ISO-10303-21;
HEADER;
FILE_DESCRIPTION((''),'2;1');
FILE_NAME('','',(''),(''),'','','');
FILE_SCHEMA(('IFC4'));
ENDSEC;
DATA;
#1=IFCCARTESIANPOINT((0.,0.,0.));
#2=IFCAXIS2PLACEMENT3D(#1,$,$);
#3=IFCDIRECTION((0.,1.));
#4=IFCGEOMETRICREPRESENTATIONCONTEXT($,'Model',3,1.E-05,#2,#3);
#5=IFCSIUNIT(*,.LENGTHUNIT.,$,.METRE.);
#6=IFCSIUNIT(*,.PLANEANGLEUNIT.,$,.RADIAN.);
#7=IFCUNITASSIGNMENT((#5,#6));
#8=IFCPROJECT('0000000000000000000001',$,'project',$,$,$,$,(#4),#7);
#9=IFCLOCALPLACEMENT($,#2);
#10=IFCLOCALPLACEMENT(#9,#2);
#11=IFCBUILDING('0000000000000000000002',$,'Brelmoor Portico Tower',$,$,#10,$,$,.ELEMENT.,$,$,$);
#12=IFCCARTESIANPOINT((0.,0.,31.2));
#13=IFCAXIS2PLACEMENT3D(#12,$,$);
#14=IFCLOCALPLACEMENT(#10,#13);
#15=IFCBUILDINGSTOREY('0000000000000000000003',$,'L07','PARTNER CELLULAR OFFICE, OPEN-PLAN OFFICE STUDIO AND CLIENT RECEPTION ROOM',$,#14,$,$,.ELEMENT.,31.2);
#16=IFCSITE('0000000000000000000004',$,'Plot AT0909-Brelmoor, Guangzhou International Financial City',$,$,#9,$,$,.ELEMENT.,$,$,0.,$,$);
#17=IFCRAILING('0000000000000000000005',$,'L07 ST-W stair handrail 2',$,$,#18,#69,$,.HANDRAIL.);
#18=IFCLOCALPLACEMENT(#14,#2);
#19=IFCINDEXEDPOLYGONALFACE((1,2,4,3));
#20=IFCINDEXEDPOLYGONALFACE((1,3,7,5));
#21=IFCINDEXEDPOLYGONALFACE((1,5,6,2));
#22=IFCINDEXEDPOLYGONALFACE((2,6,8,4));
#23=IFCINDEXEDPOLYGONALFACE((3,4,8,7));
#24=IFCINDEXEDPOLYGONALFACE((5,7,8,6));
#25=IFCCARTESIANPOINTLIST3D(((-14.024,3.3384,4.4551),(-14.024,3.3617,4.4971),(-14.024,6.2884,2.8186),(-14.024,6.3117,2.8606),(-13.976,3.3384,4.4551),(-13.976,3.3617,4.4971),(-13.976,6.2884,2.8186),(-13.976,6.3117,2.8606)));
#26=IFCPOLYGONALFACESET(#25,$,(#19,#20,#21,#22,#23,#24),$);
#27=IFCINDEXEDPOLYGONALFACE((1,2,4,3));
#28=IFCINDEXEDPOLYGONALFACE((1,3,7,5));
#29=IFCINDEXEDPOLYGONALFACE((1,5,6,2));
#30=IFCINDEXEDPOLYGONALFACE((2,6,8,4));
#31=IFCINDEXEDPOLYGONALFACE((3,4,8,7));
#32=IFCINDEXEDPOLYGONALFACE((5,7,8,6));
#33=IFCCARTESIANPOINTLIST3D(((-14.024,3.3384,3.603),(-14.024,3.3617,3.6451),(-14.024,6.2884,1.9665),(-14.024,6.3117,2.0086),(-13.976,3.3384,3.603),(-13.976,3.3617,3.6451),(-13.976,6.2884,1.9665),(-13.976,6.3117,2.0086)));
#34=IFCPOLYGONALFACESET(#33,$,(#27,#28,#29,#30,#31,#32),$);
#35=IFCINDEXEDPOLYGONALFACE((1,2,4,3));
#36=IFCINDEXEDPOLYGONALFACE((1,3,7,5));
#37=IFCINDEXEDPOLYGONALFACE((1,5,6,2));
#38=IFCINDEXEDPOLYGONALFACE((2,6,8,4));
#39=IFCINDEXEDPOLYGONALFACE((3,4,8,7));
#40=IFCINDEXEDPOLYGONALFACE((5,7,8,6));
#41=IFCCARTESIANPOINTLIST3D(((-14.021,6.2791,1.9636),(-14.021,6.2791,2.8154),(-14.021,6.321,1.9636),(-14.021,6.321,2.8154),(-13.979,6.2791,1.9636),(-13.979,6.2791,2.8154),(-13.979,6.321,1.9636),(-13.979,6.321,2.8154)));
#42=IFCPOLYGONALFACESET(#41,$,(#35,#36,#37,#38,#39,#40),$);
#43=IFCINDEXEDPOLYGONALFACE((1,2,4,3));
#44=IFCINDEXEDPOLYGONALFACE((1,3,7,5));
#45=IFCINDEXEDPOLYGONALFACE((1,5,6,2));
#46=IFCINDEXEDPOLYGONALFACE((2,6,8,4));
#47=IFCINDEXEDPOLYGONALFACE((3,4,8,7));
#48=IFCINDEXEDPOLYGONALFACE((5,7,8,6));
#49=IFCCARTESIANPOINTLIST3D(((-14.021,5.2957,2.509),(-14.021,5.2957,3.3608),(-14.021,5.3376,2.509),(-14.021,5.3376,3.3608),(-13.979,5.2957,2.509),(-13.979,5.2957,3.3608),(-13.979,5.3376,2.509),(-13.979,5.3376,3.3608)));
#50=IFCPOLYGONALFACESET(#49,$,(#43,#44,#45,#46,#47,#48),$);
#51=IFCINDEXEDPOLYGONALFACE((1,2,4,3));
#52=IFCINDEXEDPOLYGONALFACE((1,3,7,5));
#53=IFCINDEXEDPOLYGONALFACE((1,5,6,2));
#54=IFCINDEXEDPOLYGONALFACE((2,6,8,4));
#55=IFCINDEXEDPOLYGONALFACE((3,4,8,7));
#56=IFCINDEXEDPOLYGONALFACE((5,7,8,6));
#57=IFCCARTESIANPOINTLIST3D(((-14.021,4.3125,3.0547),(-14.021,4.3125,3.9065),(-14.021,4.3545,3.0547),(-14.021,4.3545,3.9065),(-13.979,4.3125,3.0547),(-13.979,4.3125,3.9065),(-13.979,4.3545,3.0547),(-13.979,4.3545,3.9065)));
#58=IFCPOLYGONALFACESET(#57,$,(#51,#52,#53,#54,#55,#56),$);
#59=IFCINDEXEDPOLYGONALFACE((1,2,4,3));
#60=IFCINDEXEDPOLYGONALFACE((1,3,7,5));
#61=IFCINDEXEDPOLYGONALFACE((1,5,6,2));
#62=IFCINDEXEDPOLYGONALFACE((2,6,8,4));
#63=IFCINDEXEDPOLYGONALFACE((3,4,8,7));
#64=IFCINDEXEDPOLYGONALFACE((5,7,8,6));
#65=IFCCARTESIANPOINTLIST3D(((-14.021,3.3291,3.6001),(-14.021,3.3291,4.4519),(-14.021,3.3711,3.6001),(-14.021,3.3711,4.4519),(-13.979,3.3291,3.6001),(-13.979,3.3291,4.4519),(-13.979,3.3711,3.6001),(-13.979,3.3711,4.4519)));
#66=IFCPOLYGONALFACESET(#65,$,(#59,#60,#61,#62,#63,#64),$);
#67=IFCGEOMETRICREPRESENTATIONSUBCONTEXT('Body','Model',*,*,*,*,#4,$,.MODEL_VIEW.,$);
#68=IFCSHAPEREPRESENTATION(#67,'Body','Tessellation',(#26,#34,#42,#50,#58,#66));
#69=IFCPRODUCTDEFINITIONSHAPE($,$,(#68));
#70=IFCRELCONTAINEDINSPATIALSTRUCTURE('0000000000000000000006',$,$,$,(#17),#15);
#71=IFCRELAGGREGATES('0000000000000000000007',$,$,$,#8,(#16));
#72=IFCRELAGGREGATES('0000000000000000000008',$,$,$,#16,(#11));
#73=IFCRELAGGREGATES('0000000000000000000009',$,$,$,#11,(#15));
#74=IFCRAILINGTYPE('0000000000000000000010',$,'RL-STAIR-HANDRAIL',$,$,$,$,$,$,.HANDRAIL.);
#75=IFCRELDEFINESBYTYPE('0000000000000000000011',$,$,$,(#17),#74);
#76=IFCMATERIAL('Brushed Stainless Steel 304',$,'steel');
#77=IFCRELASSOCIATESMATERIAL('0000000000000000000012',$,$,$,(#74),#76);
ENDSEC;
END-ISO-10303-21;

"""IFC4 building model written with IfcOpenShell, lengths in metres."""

from ifc_helpers import new_model, si_unit, direction, frame, origin, origin_2d, place, context, subcontext, project, spatial, rectangle, extrude, material, type_object, element, save


model = new_model("IFC4")

# Units and contexts
model_context = context("Model", 3, precision=1e-05, world=origin(), true_north=direction((0.0, 1.0)))
body_context = subcontext(model_context, "Body", "Model", "MODEL_VIEW")
ifc_project = project(units=[si_unit("LENGTHUNIT", "METRE"), si_unit("PLANEANGLEUNIT", "RADIAN")], contexts=[model_context])

# Site, building, storey
site_placement = place(None, origin())
site = spatial("IfcSite", under=ifc_project, at=site_placement, Name="Plot AT0909-Brelmoor, Guangzhou International Financial City", CompositionType="ELEMENT", RefElevation=0.0)
building_placement = place(site_placement, origin())
building = spatial("IfcBuilding", under=site, at=building_placement, Name="Brelmoor Portico Tower", CompositionType="ELEMENT")
storey_placement = place(building_placement, frame((0.0, 0.0, 31.2)))
storey = spatial("IfcBuildingStorey", under=building, at=storey_placement, Name="L07", Description="PARTNER CELLULAR OFFICE, OPEN-PLAN OFFICE STUDIO AND CLIENT RECEPTION ROOM", CompositionType="ELEMENT", Elevation=31.2)

# Railing
ifc_material_1 = material(Name="Brushed Stainless Steel 304", Category="steel")
railing_type_1 = type_object("IfcRailingType", Name="RL-STAIR-HANDRAIL", PredefinedType="HANDRAIL", material=ifc_material_1)
railing_1_placement = place(storey_placement, frame((-14.0, 6.3, 1.9636)))
element("IfcRailing", 1, at=railing_1_placement, inside=storey, type_object=railing_type_1, Name="L07 ST-W stair handrail 2", PredefinedType="HANDRAIL", context=body_context, shape_type="SweptSolid", body=[
    extrude(rectangle(XDim=0.0481, YDim=0.0481, at=origin_2d()), frame((0.0, 0.0, 0.876), z_axis=(0.0, -0.874458, 0.485102), x_axis=(1.0, 0.0, 0.0)), (0.0, 0.0, 1.0), 3.3735),
    extrude(rectangle(XDim=0.0481, YDim=0.0481, at=origin_2d()), frame((0.0, 0.0, 0.0239), z_axis=(0.0, -0.874458, 0.485102), x_axis=(1.0, 0.0, 0.0)), (0.0, 0.0, 1.0), 3.3735),
    extrude(rectangle(XDim=0.042, YDim=0.042, at=origin_2d()), origin(), (0.0, 0.0, 1.0), 0.8518),
    extrude(rectangle(XDim=0.042, YDim=0.042, at=origin_2d()), frame((0.0, -0.9834, 0.5454)), (0.0, 0.0, 1.0), 0.8518),
    extrude(rectangle(XDim=0.042, YDim=0.042, at=origin_2d()), frame((0.0, -1.9666, 1.0911)), (0.0, 0.0, 1.0), 0.8518),
    extrude(rectangle(XDim=0.042, YDim=0.042, at=origin_2d()), frame((0.0, -2.95, 1.6365)), (0.0, 0.0, 1.0), 0.8518),
])

save(model, "model.ifc")
